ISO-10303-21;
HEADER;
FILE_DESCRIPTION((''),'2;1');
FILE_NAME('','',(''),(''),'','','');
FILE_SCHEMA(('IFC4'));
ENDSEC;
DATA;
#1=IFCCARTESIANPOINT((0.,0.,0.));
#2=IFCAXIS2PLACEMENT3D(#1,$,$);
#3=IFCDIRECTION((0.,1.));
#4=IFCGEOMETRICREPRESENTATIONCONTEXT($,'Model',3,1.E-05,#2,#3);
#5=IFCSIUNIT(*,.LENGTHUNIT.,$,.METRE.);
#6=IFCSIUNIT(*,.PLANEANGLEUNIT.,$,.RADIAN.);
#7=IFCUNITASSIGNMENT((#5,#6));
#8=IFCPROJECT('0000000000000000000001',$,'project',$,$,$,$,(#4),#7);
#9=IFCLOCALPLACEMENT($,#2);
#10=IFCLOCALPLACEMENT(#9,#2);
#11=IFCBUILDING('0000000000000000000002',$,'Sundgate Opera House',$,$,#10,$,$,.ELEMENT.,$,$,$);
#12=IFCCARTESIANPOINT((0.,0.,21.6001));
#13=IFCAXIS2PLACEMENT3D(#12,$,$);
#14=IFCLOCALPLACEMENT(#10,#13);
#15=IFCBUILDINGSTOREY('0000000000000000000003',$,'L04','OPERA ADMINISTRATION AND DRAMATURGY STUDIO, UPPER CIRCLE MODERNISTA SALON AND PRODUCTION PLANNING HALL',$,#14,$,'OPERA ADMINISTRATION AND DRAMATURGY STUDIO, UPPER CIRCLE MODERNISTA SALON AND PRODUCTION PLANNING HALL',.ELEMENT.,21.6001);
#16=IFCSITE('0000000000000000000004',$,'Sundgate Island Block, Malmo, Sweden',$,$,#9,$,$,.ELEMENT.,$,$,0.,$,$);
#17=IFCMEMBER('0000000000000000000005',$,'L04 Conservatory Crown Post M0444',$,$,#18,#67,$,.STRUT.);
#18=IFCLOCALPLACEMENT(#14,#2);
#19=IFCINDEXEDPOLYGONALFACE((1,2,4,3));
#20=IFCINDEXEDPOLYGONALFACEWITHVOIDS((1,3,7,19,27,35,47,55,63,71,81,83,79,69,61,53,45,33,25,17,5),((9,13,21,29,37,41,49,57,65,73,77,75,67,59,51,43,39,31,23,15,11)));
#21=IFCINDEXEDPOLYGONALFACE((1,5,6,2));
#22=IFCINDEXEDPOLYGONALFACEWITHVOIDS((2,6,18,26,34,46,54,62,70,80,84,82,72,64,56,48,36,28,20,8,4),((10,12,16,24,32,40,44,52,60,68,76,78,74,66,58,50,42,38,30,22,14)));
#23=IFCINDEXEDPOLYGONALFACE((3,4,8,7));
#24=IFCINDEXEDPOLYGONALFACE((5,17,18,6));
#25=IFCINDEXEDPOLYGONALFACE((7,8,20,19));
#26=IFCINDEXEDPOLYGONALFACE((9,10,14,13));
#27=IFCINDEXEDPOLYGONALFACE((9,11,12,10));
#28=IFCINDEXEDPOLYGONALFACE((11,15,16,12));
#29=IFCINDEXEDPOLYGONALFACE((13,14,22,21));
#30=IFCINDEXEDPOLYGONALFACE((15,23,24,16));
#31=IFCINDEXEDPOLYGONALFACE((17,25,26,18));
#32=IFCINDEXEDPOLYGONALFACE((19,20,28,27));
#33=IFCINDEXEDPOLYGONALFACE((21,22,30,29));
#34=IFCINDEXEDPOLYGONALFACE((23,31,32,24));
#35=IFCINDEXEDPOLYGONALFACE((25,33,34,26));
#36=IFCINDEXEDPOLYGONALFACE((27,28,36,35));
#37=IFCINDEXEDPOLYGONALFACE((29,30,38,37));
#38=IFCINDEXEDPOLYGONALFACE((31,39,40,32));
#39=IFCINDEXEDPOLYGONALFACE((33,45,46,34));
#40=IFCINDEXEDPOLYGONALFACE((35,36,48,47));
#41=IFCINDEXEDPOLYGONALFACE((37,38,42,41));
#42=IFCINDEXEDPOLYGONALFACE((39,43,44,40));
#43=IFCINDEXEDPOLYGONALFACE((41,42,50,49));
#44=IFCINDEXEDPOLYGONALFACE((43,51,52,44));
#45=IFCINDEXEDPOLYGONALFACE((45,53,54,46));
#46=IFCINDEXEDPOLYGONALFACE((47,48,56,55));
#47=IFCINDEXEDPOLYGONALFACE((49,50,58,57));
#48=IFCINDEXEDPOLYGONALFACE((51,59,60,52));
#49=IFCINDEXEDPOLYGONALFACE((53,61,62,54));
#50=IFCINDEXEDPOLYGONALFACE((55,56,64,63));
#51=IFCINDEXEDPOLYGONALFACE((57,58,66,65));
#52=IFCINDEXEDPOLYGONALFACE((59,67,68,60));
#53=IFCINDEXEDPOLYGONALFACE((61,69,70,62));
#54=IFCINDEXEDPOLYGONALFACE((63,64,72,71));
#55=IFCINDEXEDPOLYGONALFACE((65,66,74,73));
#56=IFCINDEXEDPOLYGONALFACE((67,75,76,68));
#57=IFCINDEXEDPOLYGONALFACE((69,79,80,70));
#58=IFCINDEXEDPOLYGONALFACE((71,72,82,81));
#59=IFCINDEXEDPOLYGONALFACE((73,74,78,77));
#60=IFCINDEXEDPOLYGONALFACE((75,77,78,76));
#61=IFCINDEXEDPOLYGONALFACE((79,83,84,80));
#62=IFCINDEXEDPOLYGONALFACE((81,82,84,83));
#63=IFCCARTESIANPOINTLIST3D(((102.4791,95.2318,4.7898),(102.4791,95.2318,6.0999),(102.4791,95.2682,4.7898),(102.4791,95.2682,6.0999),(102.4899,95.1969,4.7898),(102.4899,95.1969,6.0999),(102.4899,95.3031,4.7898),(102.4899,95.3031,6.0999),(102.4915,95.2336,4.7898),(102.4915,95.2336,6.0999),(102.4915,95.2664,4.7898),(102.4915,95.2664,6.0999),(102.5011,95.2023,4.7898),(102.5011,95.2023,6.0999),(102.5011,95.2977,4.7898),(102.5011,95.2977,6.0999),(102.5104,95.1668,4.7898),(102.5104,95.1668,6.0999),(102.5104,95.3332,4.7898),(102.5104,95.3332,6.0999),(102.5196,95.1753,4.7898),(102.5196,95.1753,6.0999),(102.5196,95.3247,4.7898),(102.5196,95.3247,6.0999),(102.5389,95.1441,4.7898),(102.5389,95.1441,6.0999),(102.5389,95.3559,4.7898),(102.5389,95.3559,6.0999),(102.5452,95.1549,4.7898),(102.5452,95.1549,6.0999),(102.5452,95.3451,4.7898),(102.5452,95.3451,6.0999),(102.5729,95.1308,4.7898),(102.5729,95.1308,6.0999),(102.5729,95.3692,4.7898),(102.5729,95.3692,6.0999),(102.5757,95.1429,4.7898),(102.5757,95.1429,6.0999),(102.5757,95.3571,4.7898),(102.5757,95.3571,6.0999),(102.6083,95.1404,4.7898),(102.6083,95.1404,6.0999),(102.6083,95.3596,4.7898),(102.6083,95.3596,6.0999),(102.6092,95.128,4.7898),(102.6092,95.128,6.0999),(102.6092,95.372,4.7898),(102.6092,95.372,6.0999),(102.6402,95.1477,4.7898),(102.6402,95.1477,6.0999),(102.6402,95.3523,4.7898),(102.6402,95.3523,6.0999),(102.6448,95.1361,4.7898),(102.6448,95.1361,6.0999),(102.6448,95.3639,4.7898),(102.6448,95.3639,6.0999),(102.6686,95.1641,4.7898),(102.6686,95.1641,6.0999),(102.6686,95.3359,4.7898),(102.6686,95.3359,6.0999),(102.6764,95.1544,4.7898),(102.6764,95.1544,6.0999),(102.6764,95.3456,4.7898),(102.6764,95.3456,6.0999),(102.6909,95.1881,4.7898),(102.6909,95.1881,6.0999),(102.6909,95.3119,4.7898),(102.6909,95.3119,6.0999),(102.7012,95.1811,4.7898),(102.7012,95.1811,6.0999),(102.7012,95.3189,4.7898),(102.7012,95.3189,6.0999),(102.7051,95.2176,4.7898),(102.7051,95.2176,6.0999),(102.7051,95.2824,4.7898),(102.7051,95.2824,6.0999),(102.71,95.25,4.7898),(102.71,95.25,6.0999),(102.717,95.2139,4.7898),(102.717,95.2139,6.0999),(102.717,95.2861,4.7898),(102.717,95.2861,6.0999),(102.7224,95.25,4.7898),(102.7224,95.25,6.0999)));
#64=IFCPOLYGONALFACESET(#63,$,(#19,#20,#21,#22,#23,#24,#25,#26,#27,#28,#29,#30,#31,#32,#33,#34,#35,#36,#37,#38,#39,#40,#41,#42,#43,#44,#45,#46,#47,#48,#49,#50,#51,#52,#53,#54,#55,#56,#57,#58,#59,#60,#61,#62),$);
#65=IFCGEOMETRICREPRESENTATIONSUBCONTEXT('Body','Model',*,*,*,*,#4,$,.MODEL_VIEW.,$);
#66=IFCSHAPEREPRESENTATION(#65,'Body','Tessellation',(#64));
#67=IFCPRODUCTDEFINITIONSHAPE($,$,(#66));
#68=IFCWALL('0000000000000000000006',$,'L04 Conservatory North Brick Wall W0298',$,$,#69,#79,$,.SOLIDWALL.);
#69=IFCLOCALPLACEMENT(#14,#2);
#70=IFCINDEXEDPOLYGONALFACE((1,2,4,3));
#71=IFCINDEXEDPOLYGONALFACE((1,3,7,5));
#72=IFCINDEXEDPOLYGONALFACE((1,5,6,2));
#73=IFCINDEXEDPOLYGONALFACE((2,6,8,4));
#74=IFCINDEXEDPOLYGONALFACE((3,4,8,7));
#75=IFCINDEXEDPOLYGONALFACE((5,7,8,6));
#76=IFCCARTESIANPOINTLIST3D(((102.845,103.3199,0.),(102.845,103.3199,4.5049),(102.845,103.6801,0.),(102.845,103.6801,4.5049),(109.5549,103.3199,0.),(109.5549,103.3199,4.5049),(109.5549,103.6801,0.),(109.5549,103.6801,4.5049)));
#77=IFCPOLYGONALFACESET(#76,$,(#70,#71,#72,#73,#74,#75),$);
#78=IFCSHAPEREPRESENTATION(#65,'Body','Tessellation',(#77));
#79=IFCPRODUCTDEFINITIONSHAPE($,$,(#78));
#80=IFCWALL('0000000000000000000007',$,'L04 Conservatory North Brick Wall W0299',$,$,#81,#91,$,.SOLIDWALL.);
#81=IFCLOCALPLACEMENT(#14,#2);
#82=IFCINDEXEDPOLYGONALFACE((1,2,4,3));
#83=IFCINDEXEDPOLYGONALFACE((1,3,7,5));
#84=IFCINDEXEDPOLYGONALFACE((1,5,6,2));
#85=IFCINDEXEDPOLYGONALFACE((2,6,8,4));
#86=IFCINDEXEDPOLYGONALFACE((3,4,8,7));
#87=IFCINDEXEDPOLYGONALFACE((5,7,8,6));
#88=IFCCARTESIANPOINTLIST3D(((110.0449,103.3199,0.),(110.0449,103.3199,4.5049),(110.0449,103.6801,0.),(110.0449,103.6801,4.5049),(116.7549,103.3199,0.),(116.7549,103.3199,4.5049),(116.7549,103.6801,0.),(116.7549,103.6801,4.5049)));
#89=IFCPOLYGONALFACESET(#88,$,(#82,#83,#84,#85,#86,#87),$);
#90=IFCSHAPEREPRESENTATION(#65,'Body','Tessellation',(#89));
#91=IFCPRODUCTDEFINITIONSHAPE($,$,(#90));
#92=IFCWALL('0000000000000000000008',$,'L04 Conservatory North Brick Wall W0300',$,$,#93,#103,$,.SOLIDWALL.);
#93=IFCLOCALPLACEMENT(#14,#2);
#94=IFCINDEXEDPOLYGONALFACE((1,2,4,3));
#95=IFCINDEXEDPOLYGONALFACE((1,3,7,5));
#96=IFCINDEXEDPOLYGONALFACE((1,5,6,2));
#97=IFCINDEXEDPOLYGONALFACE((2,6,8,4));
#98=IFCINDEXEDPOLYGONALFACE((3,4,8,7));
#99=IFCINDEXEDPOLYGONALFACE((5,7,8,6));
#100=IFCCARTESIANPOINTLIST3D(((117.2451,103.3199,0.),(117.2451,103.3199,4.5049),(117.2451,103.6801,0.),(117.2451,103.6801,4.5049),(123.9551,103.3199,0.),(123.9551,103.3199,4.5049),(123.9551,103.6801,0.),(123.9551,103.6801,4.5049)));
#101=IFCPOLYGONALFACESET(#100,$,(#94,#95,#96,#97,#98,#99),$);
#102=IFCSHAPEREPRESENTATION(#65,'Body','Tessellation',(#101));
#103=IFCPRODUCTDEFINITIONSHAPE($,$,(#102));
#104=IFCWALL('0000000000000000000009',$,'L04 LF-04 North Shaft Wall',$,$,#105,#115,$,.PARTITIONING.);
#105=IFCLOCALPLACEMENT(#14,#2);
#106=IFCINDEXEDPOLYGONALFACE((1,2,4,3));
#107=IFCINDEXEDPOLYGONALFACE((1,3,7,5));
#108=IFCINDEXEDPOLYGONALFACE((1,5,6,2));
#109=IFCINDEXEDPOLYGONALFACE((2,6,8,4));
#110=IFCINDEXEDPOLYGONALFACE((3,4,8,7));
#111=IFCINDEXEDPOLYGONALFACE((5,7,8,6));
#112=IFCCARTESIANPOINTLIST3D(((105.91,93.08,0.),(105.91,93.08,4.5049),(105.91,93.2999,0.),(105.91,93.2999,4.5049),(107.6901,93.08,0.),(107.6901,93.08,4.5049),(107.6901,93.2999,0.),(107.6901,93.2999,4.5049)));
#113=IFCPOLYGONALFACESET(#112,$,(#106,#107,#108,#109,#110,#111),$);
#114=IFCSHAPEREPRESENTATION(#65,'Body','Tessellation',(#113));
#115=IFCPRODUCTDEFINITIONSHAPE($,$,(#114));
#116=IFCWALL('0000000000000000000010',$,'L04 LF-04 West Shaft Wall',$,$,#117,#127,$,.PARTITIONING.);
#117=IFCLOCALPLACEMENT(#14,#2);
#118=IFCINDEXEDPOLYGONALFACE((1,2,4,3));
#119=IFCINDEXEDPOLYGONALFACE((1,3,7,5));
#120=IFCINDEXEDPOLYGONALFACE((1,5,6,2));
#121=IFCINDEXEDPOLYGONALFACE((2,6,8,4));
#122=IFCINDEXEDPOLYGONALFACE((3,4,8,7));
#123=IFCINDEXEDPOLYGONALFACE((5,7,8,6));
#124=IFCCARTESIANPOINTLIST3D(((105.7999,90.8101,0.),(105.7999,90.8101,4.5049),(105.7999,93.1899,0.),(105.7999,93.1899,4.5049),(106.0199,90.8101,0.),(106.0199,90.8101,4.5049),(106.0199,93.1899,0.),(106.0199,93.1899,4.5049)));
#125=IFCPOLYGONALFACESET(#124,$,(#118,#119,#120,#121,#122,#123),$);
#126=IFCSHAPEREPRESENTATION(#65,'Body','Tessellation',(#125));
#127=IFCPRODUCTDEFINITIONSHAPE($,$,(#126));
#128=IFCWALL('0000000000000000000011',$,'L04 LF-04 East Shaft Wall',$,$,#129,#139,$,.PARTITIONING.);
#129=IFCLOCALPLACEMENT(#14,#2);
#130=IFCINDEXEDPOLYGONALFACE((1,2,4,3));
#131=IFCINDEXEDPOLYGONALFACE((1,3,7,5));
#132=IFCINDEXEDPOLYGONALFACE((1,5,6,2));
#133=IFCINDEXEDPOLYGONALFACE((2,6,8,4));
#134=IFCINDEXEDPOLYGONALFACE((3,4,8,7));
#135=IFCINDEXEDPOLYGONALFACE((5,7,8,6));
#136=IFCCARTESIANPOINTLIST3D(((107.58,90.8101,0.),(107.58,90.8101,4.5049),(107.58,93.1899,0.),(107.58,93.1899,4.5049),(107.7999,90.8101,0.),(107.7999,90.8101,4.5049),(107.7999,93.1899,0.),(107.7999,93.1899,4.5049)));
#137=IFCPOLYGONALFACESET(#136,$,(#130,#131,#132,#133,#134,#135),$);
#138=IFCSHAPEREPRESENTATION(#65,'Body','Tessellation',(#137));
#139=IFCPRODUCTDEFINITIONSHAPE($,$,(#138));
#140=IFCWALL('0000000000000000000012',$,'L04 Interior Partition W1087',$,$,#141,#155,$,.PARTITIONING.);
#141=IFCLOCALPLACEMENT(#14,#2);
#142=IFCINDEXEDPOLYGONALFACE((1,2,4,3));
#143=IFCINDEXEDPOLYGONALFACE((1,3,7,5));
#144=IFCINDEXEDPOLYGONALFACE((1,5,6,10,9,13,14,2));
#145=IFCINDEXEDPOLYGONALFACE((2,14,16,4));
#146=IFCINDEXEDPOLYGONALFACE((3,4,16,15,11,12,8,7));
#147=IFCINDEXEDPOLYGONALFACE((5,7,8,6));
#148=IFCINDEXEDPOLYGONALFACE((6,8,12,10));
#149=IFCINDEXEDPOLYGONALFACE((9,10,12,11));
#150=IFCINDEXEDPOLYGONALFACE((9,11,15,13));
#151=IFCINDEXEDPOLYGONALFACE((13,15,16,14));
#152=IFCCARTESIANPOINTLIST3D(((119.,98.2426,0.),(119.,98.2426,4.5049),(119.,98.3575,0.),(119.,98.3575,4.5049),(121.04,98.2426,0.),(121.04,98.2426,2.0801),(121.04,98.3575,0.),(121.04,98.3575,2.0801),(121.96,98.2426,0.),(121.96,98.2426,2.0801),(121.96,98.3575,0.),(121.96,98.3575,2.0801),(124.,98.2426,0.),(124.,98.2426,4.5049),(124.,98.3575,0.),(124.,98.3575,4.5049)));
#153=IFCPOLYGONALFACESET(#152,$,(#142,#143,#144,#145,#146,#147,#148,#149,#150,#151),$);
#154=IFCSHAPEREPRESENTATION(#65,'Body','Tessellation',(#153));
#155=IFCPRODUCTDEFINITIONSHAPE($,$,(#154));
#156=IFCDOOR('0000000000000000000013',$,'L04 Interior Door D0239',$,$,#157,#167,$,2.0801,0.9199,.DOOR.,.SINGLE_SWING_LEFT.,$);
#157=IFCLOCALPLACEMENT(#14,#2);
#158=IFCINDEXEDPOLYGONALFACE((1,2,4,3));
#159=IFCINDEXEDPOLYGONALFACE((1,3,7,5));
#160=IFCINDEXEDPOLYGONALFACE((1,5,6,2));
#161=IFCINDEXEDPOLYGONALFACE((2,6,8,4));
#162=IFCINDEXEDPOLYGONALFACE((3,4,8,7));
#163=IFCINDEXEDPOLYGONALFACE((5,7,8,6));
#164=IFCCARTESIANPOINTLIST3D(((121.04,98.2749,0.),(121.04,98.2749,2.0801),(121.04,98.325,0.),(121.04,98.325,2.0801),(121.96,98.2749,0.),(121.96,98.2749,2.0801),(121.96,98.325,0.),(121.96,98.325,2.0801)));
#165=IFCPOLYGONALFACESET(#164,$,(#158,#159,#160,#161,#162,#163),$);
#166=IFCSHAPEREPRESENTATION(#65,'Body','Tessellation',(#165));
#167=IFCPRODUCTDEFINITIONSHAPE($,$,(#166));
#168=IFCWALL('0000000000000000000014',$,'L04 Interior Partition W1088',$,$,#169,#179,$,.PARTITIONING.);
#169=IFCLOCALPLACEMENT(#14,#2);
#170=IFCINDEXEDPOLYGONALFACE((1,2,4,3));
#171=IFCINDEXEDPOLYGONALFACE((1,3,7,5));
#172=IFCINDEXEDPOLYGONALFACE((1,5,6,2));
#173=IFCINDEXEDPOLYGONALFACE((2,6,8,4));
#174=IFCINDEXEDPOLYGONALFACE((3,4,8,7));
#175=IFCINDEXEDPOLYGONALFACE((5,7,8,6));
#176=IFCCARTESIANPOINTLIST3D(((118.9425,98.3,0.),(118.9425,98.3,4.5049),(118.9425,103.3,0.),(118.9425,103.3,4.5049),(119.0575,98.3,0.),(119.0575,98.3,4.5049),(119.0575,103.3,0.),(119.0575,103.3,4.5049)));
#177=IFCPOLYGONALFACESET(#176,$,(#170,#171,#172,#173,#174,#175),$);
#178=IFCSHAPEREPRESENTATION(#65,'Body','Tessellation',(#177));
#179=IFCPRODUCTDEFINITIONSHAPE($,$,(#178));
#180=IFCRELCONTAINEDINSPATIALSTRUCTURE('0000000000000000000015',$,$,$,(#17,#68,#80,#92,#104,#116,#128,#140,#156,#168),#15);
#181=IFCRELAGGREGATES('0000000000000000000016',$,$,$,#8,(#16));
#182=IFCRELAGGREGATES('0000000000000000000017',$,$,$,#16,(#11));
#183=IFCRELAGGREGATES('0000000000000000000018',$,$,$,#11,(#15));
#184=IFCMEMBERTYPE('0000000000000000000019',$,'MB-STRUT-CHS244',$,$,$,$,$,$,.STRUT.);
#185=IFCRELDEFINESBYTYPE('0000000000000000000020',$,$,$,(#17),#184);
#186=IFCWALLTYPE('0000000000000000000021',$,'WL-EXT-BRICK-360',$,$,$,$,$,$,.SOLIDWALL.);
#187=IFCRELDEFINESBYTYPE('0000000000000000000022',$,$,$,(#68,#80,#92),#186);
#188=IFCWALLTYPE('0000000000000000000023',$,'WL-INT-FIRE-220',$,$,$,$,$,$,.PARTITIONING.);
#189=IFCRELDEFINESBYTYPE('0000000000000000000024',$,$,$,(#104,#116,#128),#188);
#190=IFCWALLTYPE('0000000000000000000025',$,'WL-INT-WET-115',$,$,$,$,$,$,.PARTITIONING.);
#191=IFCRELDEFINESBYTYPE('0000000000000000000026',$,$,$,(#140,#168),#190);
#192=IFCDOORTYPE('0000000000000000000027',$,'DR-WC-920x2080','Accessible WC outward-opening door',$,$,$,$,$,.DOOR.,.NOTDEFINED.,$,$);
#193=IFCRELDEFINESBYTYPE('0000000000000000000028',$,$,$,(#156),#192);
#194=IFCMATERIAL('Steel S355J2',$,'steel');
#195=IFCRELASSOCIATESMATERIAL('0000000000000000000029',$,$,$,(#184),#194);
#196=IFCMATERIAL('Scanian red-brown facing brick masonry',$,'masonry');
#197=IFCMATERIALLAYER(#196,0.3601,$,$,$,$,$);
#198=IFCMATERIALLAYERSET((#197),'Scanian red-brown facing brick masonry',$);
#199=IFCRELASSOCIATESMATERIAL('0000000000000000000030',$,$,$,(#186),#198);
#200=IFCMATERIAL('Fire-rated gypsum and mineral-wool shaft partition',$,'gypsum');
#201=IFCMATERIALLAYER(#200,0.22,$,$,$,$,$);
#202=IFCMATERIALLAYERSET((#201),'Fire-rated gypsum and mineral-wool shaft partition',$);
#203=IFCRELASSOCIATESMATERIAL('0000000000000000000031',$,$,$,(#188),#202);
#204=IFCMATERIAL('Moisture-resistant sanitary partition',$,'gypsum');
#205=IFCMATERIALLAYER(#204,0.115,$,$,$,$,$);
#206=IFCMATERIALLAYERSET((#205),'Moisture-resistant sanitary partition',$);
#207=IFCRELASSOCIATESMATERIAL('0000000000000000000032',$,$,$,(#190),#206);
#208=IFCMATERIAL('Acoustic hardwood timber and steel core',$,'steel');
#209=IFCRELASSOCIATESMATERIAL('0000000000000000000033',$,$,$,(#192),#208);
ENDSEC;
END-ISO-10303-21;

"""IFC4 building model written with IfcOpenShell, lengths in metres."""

from ifc_helpers import new_model, si_unit, direction, frame, frame_2d, origin, origin_2d, place, context, subcontext, project, spatial, rectangle, hollow_circle, extrude, material, layer, layer_set, material_profile, profile_set, type_object, element, fill, save


model = new_model("IFC4")

# Units and contexts
model_context = context("Model", 3, precision=1e-05, world=origin(), true_north=direction((0.0, 1.0)))
body_context = subcontext(model_context, "Body", "Model", "MODEL_VIEW")
ifc_project = project(units=[si_unit("LENGTHUNIT", "METRE"), si_unit("PLANEANGLEUNIT", "RADIAN")], contexts=[model_context])

# Site, building, storey
site_placement = place(None, origin())
site = spatial("IfcSite", under=ifc_project, at=site_placement, Name="Sundgate Island Block, Malmo, Sweden", CompositionType="ELEMENT", RefElevation=0.0)
building_placement = place(site_placement, origin())
building = spatial("IfcBuilding", under=site, at=building_placement, Name="Sundgate Opera House", CompositionType="ELEMENT")
storey_placement = place(building_placement, frame((0.0, 0.0, 21.6001)))
storey = spatial("IfcBuildingStorey", under=building, at=storey_placement, Name="L04", Description="OPERA ADMINISTRATION AND DRAMATURGY STUDIO, UPPER CIRCLE MODERNISTA SALON AND PRODUCTION PLANNING HALL", LongName="OPERA ADMINISTRATION AND DRAMATURGY STUDIO, UPPER CIRCLE MODERNISTA SALON AND PRODUCTION PLANNING HALL", CompositionType="ELEMENT", Elevation=21.6001)

# Member
ifc_material_1 = material(Name="Steel S355J2", Category="steel")
ifc_material_profile_1 = material_profile(ifc_material_1, hollow_circle(Radius=0.1223, WallThickness=0.0125, at=origin_2d()), Name="CHS 244.5x12.5")
ifc_profile_set_1 = profile_set([ifc_material_profile_1], Name="Steel S355J2")
member_type_1 = type_object("IfcMemberType", Name="MB-STRUT-CHS244", PredefinedType="STRUT", material=ifc_profile_set_1)
member_1_placement = place(storey_placement, frame((102.6001, 95.25, 4.7898), z_axis=(0.0, 0.0, 1.0), x_axis=(1.0, 0.0, 0.0)))
element("IfcMember", 1, at=member_1_placement, inside=storey, type_object=member_type_1, Name="L04 Conservatory Crown Post M0444", PredefinedType="STRUT", context=body_context, shape_type="SweptSolid", body=[
    extrude(hollow_circle(Radius=0.1223, WallThickness=0.0125, at=origin_2d()), origin(), (0.0, 0.0, 1.0), 1.3101),
])

# Walls
ifc_material_2 = material(Name="Scanian red-brown facing brick masonry", Category="masonry")
ifc_layer_1 = layer(ifc_material_2, 0.3601)
ifc_layer_set_1 = layer_set([ifc_layer_1], Name="Scanian red-brown facing brick masonry")
wall_type_1 = type_object("IfcWallType", Name="WL-EXT-BRICK-360", PredefinedType="SOLIDWALL", material=ifc_layer_set_1)
for number, where, z_axis, x_axis, name in (
    (2, (102.845, 103.5, 0.0), (0.0, 0.0, 1.0), (1.0, 0.0, 0.0), "L04 Conservatory North Brick Wall W0298"),
    (3, (110.0449, 103.5, 0.0), (0.0, 0.0, 1.0), (1.0, 0.0, 0.0), "L04 Conservatory North Brick Wall W0299"),
    (4, (117.2451, 103.5, 0.0), (0.0, 0.0, 1.0), (1.0, 0.0, 0.0), "L04 Conservatory North Brick Wall W0300"),
):
    element("IfcWall", number, at=place(storey_placement, frame(where, z_axis=z_axis, x_axis=x_axis)), inside=storey, type_object=wall_type_1, Name=name, PredefinedType="SOLIDWALL", context=body_context, shape_type="SweptSolid", body=[
        extrude(rectangle(XDim=6.71, YDim=0.3601, at=frame_2d((3.355, 0.0))), origin(), (0.0, 0.0, 1.0), 4.5049),
    ])
ifc_material_3 = material(Name="Fire-rated gypsum and mineral-wool shaft partition", Category="gypsum")
ifc_layer_2 = layer(ifc_material_3, 0.22)
ifc_layer_set_2 = layer_set([ifc_layer_2], Name="Fire-rated gypsum and mineral-wool shaft partition")
wall_type_2 = type_object("IfcWallType", Name="WL-INT-FIRE-220", PredefinedType="PARTITIONING", material=ifc_layer_set_2)
wall_1_placement = place(storey_placement, frame((105.9099, 93.1899, 0.0), z_axis=(0.0, 0.0, 1.0), x_axis=(1.0, 0.0, 0.0)))
element("IfcWall", 5, at=wall_1_placement, inside=storey, type_object=wall_type_2, Name="L04 LF-04 North Shaft Wall", PredefinedType="PARTITIONING", context=body_context, shape_type="SweptSolid", body=[
    extrude(rectangle(XDim=1.78, YDim=0.22, at=frame_2d((0.8901, 0.0))), origin(), (0.0, 0.0, 1.0), 4.5049),
])
for number, where, z_axis, x_axis, name in (
    (6, (105.9099, 90.8101, 0.0), (0.0, 0.0, 1.0), (0.0, 1.0, 0.0), "L04 LF-04 West Shaft Wall"),
    (7, (107.6899, 90.8101, 0.0), (0.0, 0.0, 1.0), (0.0, 1.0, 0.0), "L04 LF-04 East Shaft Wall"),
):
    element("IfcWall", number, at=place(storey_placement, frame(where, z_axis=z_axis, x_axis=x_axis)), inside=storey, type_object=wall_type_2, Name=name, PredefinedType="PARTITIONING", context=body_context, shape_type="SweptSolid", body=[
        extrude(rectangle(XDim=2.3799, YDim=0.22, at=frame_2d((1.1899, 0.0))), origin(), (0.0, 0.0, 1.0), 4.5049),
    ])

# Wall, opening, door
ifc_material_4 = material(Name="Moisture-resistant sanitary partition", Category="gypsum")
ifc_layer_3 = layer(ifc_material_4, 0.115)
ifc_layer_set_3 = layer_set([ifc_layer_3], Name="Moisture-resistant sanitary partition")
wall_type_3 = type_object("IfcWallType", Name="WL-INT-WET-115", PredefinedType="PARTITIONING", material=ifc_layer_set_3)
wall_2_placement = place(storey_placement, frame((119.0, 98.3, 0.0), z_axis=(0.0, 0.0, 1.0), x_axis=(1.0, 0.0, 0.0)))
wall_2 = element("IfcWall", 8, at=wall_2_placement, inside=storey, type_object=wall_type_3, Name="L04 Interior Partition W1087", PredefinedType="PARTITIONING", context=body_context, shape_type="SweptSolid", body=[
    extrude(rectangle(XDim=5.0, YDim=0.115, at=frame_2d((2.5, 0.0))), origin(), (0.0, 0.0, 1.0), 4.5049),
])
opening_placement = place(wall_2_placement, frame((2.04, 0.0, 0.0)))
opening = element("IfcOpeningElement", 9, at=opening_placement, cuts=wall_2, PredefinedType="OPENING", context=body_context, shape_type="SweptSolid", body=[
    extrude(rectangle(XDim=0.9199, YDim=2.0801, at=frame_2d((0.46, 1.04))), frame((0.0, 0.0674, 0.0), z_axis=(0.0, -1.0, 0.0), x_axis=(1.0, 0.0, 0.0)), (0.0, 0.0, 1.0), 0.135),
])
ifc_material_5 = material(Name="Acoustic hardwood timber and steel core", Category="steel")
door_type = type_object("IfcDoorType", Name="DR-WC-920x2080", Description="Accessible WC outward-opening door", OperationType="NOTDEFINED", PredefinedType="DOOR", material=ifc_material_5)
door_placement = place(opening_placement, origin())
door = element("IfcDoor", 10, at=door_placement, inside=storey, type_object=door_type, Name="L04 Interior Door D0239", OperationType="SINGLE_SWING_LEFT", OverallHeight=2.0801, OverallWidth=0.9199, PredefinedType="DOOR", context=body_context, shape_type="SweptSolid", body=[
    extrude(rectangle(XDim=0.9199, YDim=2.0801, at=frame_2d((0.46, 1.04))), frame((0.0, 0.0249, 0.0), z_axis=(0.0, -1.0, 0.0), x_axis=(1.0, 0.0, 0.0)), (0.0, 0.0, 1.0), 0.05),
])
fill(opening, door)

# Wall
wall_3_placement = place(storey_placement, frame((119.0, 98.3, 0.0), z_axis=(0.0, 0.0, 1.0), x_axis=(0.0, 1.0, 0.0)))
element("IfcWall", 11, at=wall_3_placement, inside=storey, type_object=wall_type_3, Name="L04 Interior Partition W1088", PredefinedType="PARTITIONING", context=body_context, shape_type="SweptSolid", body=[
    extrude(rectangle(XDim=5.0, YDim=0.115, at=frame_2d((2.5, 0.0))), origin(), (0.0, 0.0, 1.0), 4.5049),
])

save(model, "model.ifc")
